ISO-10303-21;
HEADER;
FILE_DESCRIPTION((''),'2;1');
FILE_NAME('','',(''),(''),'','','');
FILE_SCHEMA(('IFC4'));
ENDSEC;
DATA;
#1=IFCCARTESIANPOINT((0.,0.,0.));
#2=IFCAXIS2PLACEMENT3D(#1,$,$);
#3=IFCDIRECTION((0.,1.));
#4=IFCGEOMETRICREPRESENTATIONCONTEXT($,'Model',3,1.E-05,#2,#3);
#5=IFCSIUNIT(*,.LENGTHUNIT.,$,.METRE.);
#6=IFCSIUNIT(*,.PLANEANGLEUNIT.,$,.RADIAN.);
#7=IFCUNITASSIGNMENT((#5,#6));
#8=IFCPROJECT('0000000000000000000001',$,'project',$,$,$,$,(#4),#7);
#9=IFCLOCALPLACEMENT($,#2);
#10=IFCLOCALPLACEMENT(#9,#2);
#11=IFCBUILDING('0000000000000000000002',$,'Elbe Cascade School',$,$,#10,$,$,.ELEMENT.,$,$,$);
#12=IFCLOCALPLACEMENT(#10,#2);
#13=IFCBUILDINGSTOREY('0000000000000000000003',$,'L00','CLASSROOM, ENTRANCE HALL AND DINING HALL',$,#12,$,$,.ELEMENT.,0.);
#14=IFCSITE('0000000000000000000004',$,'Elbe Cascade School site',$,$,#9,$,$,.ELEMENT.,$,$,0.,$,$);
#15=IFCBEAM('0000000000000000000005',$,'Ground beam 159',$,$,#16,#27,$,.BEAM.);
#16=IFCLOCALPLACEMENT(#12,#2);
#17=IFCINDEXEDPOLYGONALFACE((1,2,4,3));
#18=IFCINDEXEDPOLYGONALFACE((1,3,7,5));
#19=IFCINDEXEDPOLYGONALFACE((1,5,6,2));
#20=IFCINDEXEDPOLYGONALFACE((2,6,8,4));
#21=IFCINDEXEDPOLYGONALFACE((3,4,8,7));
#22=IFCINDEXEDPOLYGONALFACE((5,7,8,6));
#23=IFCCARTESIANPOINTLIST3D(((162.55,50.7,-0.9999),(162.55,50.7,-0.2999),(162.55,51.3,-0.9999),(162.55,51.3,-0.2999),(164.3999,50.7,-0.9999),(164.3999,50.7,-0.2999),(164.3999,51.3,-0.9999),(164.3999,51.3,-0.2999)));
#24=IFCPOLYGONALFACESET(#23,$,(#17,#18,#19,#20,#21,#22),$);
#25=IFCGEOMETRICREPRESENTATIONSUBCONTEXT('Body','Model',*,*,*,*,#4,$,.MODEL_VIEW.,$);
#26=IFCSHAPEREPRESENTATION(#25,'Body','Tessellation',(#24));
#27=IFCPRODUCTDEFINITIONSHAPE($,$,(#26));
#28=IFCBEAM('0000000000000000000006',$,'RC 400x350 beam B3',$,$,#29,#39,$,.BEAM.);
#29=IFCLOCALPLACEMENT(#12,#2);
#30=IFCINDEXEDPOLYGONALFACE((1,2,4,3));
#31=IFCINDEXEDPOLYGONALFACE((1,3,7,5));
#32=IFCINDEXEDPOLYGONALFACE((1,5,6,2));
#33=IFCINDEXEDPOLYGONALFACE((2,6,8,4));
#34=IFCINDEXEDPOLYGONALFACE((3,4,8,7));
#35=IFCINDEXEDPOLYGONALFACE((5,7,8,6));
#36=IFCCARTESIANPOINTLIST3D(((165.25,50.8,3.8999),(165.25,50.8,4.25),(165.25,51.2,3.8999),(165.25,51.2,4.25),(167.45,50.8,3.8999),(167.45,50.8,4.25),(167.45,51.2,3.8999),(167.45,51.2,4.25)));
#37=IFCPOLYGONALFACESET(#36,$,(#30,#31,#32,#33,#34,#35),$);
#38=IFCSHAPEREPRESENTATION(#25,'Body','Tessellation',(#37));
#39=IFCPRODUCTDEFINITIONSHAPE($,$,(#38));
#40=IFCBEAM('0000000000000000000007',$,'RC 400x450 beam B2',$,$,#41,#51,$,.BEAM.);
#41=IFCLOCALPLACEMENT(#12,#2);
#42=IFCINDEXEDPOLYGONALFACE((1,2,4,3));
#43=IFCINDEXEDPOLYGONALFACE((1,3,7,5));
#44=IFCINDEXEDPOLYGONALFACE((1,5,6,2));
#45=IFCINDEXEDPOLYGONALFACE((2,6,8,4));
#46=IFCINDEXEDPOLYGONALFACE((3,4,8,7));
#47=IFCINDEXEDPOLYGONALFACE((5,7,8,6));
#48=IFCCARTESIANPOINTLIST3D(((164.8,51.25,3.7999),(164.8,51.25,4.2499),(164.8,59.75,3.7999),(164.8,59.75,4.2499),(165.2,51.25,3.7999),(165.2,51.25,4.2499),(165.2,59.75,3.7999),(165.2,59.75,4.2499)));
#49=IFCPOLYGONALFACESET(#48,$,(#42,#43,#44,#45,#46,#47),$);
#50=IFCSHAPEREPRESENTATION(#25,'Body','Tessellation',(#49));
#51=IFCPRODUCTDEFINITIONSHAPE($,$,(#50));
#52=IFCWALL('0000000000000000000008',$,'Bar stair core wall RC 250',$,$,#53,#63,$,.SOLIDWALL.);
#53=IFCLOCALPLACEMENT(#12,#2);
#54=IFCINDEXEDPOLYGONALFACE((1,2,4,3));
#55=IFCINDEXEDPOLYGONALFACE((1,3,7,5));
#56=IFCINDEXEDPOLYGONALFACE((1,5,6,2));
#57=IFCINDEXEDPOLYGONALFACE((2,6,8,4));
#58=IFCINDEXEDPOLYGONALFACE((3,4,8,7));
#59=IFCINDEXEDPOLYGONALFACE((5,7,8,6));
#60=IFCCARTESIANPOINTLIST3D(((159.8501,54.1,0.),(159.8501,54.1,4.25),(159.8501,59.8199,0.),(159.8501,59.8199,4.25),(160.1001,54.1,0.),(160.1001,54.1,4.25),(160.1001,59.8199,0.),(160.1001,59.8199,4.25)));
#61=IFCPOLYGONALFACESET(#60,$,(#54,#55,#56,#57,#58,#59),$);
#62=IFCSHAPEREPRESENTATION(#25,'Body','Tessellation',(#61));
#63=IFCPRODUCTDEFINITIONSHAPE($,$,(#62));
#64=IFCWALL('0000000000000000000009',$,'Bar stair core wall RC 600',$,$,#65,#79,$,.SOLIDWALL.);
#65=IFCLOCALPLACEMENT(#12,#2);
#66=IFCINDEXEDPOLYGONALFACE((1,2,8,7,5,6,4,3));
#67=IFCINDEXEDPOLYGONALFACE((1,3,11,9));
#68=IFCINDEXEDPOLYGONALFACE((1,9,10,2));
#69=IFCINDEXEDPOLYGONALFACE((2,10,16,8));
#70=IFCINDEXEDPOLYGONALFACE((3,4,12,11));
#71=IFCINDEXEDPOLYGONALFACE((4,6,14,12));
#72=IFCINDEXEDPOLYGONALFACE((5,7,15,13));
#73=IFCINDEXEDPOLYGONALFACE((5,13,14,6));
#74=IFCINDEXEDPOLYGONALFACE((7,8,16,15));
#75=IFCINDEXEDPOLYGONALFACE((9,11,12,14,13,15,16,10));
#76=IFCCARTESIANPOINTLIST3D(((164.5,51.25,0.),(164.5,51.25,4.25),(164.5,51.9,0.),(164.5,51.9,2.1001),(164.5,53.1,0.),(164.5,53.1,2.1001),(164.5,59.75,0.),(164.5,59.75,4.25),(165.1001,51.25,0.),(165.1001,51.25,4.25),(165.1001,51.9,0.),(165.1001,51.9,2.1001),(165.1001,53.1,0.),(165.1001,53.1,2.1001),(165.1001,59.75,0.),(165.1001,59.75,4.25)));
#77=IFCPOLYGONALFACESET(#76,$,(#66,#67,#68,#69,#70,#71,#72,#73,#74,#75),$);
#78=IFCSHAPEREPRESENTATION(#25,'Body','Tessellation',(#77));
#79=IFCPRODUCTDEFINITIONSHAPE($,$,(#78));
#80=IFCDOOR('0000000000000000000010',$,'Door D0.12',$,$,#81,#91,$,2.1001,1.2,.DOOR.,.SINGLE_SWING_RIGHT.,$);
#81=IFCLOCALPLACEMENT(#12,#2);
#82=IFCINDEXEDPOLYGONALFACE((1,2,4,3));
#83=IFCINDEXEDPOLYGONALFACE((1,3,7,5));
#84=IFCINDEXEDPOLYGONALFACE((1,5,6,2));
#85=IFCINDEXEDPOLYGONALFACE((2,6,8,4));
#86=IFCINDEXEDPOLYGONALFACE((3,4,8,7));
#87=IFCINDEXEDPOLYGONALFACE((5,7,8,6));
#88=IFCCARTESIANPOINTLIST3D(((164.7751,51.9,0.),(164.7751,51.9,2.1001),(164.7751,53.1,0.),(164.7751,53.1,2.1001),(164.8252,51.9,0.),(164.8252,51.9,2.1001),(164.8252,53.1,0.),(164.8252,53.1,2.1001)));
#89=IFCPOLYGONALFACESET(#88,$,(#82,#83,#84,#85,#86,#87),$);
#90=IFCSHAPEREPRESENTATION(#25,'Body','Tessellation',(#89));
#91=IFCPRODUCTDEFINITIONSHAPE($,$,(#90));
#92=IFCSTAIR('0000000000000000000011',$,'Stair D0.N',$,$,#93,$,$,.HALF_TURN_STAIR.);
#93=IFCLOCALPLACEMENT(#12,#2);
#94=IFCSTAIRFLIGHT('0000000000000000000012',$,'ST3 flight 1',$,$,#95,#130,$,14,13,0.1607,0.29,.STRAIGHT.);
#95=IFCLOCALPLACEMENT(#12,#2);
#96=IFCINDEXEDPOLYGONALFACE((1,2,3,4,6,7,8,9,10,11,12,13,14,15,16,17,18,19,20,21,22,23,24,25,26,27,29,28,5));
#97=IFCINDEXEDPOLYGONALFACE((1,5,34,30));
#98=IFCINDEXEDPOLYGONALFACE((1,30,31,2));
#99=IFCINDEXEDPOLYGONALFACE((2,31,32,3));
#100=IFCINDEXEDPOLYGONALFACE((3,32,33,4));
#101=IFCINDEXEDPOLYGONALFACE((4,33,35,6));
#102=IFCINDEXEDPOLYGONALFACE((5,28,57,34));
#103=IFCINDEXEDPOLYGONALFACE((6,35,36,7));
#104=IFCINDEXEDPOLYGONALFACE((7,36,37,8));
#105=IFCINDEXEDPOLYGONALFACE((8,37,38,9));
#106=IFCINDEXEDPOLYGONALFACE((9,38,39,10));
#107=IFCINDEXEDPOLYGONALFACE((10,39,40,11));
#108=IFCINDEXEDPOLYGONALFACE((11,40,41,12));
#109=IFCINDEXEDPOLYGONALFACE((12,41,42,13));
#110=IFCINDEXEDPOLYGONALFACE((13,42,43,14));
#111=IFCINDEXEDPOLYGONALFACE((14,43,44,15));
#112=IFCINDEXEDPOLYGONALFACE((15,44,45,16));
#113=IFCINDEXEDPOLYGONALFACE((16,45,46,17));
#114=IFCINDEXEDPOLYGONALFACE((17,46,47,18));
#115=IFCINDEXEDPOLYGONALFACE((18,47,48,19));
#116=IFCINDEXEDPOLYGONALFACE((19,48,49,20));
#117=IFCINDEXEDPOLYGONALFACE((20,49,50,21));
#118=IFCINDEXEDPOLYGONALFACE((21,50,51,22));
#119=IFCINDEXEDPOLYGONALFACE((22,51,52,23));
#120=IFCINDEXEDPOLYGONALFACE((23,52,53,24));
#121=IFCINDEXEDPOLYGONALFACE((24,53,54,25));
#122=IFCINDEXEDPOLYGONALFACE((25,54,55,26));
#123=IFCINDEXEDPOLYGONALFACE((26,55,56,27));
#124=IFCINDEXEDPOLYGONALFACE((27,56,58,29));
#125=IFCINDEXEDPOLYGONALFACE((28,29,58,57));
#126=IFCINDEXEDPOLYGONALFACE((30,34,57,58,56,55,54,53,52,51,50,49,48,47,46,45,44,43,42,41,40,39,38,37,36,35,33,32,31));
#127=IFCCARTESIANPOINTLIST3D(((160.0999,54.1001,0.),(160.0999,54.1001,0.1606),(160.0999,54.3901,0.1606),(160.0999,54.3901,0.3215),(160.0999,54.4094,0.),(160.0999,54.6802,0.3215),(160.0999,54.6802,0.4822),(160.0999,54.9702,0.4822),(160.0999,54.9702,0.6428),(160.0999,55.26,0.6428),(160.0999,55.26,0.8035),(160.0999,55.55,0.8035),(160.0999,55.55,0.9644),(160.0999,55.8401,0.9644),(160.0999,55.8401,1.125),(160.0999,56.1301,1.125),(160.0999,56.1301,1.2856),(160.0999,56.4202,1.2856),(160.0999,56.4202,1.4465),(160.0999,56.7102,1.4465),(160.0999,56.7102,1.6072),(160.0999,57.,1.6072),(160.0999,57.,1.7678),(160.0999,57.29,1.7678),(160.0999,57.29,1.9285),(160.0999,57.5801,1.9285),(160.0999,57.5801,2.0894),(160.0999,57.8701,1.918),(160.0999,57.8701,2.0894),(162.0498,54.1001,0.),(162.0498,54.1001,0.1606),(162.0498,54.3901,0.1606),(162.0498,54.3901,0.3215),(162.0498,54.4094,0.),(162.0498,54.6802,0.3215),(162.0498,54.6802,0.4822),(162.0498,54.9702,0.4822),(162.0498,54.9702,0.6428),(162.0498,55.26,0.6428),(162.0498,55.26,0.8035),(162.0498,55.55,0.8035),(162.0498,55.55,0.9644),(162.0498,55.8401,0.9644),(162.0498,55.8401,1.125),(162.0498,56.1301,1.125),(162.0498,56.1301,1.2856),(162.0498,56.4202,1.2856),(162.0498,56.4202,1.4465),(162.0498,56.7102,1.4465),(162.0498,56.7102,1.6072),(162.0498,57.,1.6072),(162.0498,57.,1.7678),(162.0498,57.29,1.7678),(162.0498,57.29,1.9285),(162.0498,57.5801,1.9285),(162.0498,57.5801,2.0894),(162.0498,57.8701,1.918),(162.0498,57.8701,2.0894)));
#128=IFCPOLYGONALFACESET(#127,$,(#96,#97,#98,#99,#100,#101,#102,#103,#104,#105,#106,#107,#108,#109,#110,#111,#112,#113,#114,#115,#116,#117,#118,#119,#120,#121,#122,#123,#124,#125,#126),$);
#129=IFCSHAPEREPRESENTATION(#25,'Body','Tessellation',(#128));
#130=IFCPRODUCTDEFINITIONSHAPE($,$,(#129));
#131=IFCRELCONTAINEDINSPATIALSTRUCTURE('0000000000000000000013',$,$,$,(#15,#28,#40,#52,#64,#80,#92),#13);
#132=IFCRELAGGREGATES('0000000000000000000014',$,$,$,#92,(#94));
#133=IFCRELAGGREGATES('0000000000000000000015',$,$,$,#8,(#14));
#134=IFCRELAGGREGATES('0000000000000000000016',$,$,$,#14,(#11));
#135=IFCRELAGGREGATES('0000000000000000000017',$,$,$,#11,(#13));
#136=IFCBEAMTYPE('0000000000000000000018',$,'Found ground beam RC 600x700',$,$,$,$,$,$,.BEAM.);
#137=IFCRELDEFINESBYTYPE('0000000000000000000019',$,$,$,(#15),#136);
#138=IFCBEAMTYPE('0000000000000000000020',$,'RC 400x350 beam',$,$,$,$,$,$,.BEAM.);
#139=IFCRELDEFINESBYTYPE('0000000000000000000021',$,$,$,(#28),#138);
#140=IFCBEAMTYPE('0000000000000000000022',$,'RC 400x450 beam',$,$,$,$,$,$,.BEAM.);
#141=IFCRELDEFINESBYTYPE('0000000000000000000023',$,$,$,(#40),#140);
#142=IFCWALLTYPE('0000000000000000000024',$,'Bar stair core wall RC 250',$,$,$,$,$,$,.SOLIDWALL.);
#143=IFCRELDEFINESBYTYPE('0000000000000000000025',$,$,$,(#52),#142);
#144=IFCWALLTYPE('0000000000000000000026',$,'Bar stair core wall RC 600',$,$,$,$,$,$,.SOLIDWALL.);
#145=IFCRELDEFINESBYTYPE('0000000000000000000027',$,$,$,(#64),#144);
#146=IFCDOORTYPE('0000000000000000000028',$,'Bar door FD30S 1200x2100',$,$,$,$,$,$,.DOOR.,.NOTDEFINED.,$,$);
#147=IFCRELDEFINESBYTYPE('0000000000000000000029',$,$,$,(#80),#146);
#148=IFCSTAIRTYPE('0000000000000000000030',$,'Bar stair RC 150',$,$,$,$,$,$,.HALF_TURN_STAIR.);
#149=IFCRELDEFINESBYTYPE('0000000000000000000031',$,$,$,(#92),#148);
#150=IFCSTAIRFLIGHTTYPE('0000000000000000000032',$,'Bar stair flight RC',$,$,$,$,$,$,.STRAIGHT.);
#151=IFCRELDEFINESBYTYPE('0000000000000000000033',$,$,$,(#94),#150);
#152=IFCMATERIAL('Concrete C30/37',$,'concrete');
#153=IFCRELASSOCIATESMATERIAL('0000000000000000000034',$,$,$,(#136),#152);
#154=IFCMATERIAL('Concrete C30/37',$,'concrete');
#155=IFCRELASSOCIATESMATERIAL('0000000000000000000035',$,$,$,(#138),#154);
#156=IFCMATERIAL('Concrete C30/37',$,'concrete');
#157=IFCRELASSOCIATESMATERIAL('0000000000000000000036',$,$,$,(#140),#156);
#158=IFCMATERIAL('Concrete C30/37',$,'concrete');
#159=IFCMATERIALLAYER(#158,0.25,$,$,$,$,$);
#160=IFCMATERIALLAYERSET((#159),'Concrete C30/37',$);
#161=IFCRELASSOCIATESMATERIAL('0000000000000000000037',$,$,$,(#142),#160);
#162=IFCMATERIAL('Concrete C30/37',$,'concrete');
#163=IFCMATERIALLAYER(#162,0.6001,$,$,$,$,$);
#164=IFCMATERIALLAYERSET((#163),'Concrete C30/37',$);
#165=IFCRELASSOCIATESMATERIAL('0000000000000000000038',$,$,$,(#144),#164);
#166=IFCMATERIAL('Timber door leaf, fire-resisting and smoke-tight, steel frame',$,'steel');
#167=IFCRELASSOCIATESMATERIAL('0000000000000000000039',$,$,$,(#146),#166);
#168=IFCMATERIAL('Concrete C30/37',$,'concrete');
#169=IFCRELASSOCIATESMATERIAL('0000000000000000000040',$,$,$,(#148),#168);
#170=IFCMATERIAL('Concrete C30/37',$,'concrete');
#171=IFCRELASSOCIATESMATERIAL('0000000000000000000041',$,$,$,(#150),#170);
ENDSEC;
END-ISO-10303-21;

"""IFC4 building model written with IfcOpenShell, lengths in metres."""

from ifc_helpers import new_model, si_unit, direction, frame, frame_2d, origin, origin_2d, place, context, subcontext, project, spatial, polyline, rectangle, outline, extrude, material, layer, layer_set, material_profile, profile_set, type_object, element, fill, aggregate, save


model = new_model("IFC4")

# Units and contexts
model_context = context("Model", 3, precision=1e-05, world=origin(), true_north=direction((0.0, 1.0)))
body_context = subcontext(model_context, "Body", "Model", "MODEL_VIEW")
ifc_project = project(units=[si_unit("LENGTHUNIT", "METRE"), si_unit("PLANEANGLEUNIT", "RADIAN")], contexts=[model_context])

# Site, building, storey
site_placement = place(None, origin())
site = spatial("IfcSite", under=ifc_project, at=site_placement, Name="Elbe Cascade School site", CompositionType="ELEMENT", RefElevation=0.0)
building_placement = place(site_placement, origin())
building = spatial("IfcBuilding", under=site, at=building_placement, Name="Elbe Cascade School", CompositionType="ELEMENT")
storey_placement = place(building_placement, origin())
storey = spatial("IfcBuildingStorey", under=building, at=storey_placement, Name="L00", Description="CLASSROOM, ENTRANCE HALL AND DINING HALL", CompositionType="ELEMENT", Elevation=0.0)

# Beams
ifc_material_1 = material(Name="Concrete C30/37", Category="concrete")
ifc_material_profile_1 = material_profile(ifc_material_1, rectangle(XDim=0.6001, YDim=0.7, at=origin_2d()), Name="RC 600x700")
ifc_profile_set_1 = profile_set([ifc_material_profile_1], Name="Concrete C30/37")
beam_type_1 = type_object("IfcBeamType", Name="Found ground beam RC 600x700", PredefinedType="BEAM", material=ifc_profile_set_1)
beam_1_placement = place(storey_placement, frame((162.55, 51.0, -0.6499), z_axis=(1.0, 0.0, 0.0), x_axis=(0.0, 1.0, 0.0)))
element("IfcBeam", 1, at=beam_1_placement, inside=storey, type_object=beam_type_1, Name="Ground beam 159", PredefinedType="BEAM", context=body_context, shape_type="SweptSolid", body=[
    extrude(rectangle(XDim=0.6001, YDim=0.7, at=origin_2d()), origin(), (0.0, 0.0, 1.0), 1.8499),
])
ifc_material_2 = material(Name="Concrete C30/37", Category="concrete")
ifc_material_profile_2 = material_profile(ifc_material_2, rectangle(XDim=0.3999, YDim=0.3501, at=origin_2d()), Name="RC 400x350")
ifc_profile_set_2 = profile_set([ifc_material_profile_2], Name="Concrete C30/37")
beam_type_2 = type_object("IfcBeamType", Name="RC 400x350 beam", PredefinedType="BEAM", material=ifc_profile_set_2)
beam_2_placement = place(storey_placement, frame((165.25, 51.0, 4.075), z_axis=(1.0, 0.0, 0.0), x_axis=(0.0, 1.0, 0.0)))
element("IfcBeam", 2, at=beam_2_placement, inside=storey, type_object=beam_type_2, Name="RC 400x350 beam B3", PredefinedType="BEAM", context=body_context, shape_type="SweptSolid", body=[
    extrude(rectangle(XDim=0.3999, YDim=0.3501, at=origin_2d()), origin(), (0.0, 0.0, 1.0), 2.2),
])
ifc_material_3 = material(Name="Concrete C30/37", Category="concrete")
ifc_material_profile_3 = material_profile(ifc_material_3, rectangle(XDim=0.3999, YDim=0.45, at=origin_2d()), Name="RC 400x450")
ifc_profile_set_3 = profile_set([ifc_material_profile_3], Name="Concrete C30/37")
beam_type_3 = type_object("IfcBeamType", Name="RC 400x450 beam", PredefinedType="BEAM", material=ifc_profile_set_3)
beam_3_placement = place(storey_placement, frame((165.0, 51.25, 4.0249), z_axis=(0.0, 1.0, 0.0), x_axis=(-1.0, 0.0, 0.0)))
element("IfcBeam", 3, at=beam_3_placement, inside=storey, type_object=beam_type_3, Name="RC 400x450 beam B2", PredefinedType="BEAM", context=body_context, shape_type="SweptSolid", body=[
    extrude(rectangle(XDim=0.3999, YDim=0.45, at=origin_2d()), origin(), (0.0, 0.0, 1.0), 8.5),
])

# Wall
ifc_material_4 = material(Name="Concrete C30/37", Category="concrete")
ifc_layer_1 = layer(ifc_material_4, 0.25)
ifc_layer_set_1 = layer_set([ifc_layer_1], Name="Concrete C30/37")
wall_type_1 = type_object("IfcWallType", Name="Bar stair core wall RC 250", PredefinedType="SOLIDWALL", material=ifc_layer_set_1)
wall_1_placement = place(storey_placement, frame((159.9751, 54.1001, 0.0), z_axis=(0.0, 0.0, 1.0), x_axis=(0.0, 1.0, 0.0)))
element("IfcWall", 4, at=wall_1_placement, inside=storey, type_object=wall_type_1, Name="Bar stair core wall RC 250", PredefinedType="SOLIDWALL", context=body_context, shape_type="SweptSolid", body=[
    extrude(rectangle(XDim=5.72, YDim=0.25, at=frame_2d((2.8599, 0.0))), origin(), (0.0, 0.0, 1.0), 4.25),
])

# Wall, opening, door
ifc_material_5 = material(Name="Concrete C30/37", Category="concrete")
ifc_layer_2 = layer(ifc_material_5, 0.6001)
ifc_layer_set_2 = layer_set([ifc_layer_2], Name="Concrete C30/37")
wall_type_2 = type_object("IfcWallType", Name="Bar stair core wall RC 600", PredefinedType="SOLIDWALL", material=ifc_layer_set_2)
wall_2_placement = place(storey_placement, frame((164.8, 51.25, 0.0), z_axis=(0.0, 0.0, 1.0), x_axis=(0.0, 1.0, 0.0)))
wall_2 = element("IfcWall", 5, at=wall_2_placement, inside=storey, type_object=wall_type_2, Name="Bar stair core wall RC 600", PredefinedType="SOLIDWALL", context=body_context, shape_type="SweptSolid", body=[
    extrude(rectangle(XDim=8.5, YDim=0.6001, at=frame_2d((4.25, 0.0))), origin(), (0.0, 0.0, 1.0), 4.25),
])
opening_placement = place(wall_2_placement, frame((0.6499, 0.0, 0.0)))
opening = element("IfcOpeningElement", 6, at=opening_placement, cuts=wall_2, PredefinedType="OPENING", context=body_context, shape_type="SweptSolid", body=[
    extrude(rectangle(XDim=1.2, YDim=2.1001, at=frame_2d((0.6001, 1.05))), frame((0.0, 0.3101, 0.0), z_axis=(0.0, -1.0, 0.0), x_axis=(1.0, 0.0, 0.0)), (0.0, 0.0, 1.0), 0.6201),
])
ifc_material_6 = material(Name="Timber door leaf, fire-resisting and smoke-tight, steel frame", Category="steel")
door_type = type_object("IfcDoorType", Name="Bar door FD30S 1200x2100", OperationType="NOTDEFINED", PredefinedType="DOOR", material=ifc_material_6)
door_placement = place(opening_placement, origin())
door = element("IfcDoor", 7, at=door_placement, inside=storey, type_object=door_type, Name="Door D0.12", OperationType="SINGLE_SWING_RIGHT", OverallHeight=2.1001, OverallWidth=1.2, PredefinedType="DOOR", context=body_context, shape_type="SweptSolid", body=[
    extrude(rectangle(XDim=1.2, YDim=2.1001, at=frame_2d((0.6001, 1.05))), frame((0.0, 0.0249, 0.0), z_axis=(0.0, -1.0, 0.0), x_axis=(1.0, 0.0, 0.0)), (0.0, 0.0, 1.0), 0.05),
])
fill(opening, door)

# Stair, stair flight
ifc_material_7 = material(Name="Concrete C30/37", Category="concrete")
stair_type = type_object("IfcStairType", Name="Bar stair RC 150", PredefinedType="HALF_TURN_STAIR", material=ifc_material_7)
stair_placement = place(storey_placement, origin())
stair = element("IfcStair", 8, at=stair_placement, inside=storey, type_object=stair_type, Name="Stair D0.N", PredefinedType="HALF_TURN_STAIR")
ifc_material_8 = material(Name="Concrete C30/37", Category="concrete")
stair_flight_type = type_object("IfcStairFlightType", Name="Bar stair flight RC", PredefinedType="STRAIGHT", material=ifc_material_8)
stair_flight_placement = place(storey_placement, frame((161.075, 54.1001, 0.0), z_axis=(0.0, 0.0, 1.0), x_axis=(0.0, 1.0, 0.0)))
stair_flight = element("IfcStairFlight", 9, at=stair_flight_placement, type_object=stair_flight_type, Name="ST3 flight 1", NumberOfRisers=14, NumberOfTreads=13, PredefinedType="STRAIGHT", RiserHeight=0.1607, TreadLength=0.29, context=body_context, shape_type="SweptSolid", body=[
    extrude(outline(polyline([(0.0, 0.0), (0.0, 0.1606), (0.29, 0.1606), (0.29, 0.3215), (0.5801, 0.3215), (0.5801, 0.4822), (0.8701, 0.4822), (0.8701, 0.6428), (1.1599, 0.6428), (1.1599, 0.8035), (1.45, 0.8035), (1.45, 0.9644), (1.74, 0.9644), (1.74, 1.125), (2.03, 1.125), (2.03, 1.2856), (2.3201, 1.2856), (2.3201, 1.4465), (2.6101, 1.4465), (2.6101, 1.6072), (2.8999, 1.6072), (2.8999, 1.7678), (3.1899, 1.7678), (3.1899, 1.9285), (3.48, 1.9285), (3.48, 2.0894), (3.77, 2.0894), (3.77, 2.25), (3.77, 1.918), (0.3093, 0.0), (0.0, 0.0)])), frame((0.0, 0.9751, 0.0), z_axis=(0.0, -1.0, 0.0), x_axis=(1.0, 0.0, 0.0)), (0.0, 0.0, 1.0), 1.95),
])
aggregate(stair, [stair_flight])

save(model, "model.ifc")
